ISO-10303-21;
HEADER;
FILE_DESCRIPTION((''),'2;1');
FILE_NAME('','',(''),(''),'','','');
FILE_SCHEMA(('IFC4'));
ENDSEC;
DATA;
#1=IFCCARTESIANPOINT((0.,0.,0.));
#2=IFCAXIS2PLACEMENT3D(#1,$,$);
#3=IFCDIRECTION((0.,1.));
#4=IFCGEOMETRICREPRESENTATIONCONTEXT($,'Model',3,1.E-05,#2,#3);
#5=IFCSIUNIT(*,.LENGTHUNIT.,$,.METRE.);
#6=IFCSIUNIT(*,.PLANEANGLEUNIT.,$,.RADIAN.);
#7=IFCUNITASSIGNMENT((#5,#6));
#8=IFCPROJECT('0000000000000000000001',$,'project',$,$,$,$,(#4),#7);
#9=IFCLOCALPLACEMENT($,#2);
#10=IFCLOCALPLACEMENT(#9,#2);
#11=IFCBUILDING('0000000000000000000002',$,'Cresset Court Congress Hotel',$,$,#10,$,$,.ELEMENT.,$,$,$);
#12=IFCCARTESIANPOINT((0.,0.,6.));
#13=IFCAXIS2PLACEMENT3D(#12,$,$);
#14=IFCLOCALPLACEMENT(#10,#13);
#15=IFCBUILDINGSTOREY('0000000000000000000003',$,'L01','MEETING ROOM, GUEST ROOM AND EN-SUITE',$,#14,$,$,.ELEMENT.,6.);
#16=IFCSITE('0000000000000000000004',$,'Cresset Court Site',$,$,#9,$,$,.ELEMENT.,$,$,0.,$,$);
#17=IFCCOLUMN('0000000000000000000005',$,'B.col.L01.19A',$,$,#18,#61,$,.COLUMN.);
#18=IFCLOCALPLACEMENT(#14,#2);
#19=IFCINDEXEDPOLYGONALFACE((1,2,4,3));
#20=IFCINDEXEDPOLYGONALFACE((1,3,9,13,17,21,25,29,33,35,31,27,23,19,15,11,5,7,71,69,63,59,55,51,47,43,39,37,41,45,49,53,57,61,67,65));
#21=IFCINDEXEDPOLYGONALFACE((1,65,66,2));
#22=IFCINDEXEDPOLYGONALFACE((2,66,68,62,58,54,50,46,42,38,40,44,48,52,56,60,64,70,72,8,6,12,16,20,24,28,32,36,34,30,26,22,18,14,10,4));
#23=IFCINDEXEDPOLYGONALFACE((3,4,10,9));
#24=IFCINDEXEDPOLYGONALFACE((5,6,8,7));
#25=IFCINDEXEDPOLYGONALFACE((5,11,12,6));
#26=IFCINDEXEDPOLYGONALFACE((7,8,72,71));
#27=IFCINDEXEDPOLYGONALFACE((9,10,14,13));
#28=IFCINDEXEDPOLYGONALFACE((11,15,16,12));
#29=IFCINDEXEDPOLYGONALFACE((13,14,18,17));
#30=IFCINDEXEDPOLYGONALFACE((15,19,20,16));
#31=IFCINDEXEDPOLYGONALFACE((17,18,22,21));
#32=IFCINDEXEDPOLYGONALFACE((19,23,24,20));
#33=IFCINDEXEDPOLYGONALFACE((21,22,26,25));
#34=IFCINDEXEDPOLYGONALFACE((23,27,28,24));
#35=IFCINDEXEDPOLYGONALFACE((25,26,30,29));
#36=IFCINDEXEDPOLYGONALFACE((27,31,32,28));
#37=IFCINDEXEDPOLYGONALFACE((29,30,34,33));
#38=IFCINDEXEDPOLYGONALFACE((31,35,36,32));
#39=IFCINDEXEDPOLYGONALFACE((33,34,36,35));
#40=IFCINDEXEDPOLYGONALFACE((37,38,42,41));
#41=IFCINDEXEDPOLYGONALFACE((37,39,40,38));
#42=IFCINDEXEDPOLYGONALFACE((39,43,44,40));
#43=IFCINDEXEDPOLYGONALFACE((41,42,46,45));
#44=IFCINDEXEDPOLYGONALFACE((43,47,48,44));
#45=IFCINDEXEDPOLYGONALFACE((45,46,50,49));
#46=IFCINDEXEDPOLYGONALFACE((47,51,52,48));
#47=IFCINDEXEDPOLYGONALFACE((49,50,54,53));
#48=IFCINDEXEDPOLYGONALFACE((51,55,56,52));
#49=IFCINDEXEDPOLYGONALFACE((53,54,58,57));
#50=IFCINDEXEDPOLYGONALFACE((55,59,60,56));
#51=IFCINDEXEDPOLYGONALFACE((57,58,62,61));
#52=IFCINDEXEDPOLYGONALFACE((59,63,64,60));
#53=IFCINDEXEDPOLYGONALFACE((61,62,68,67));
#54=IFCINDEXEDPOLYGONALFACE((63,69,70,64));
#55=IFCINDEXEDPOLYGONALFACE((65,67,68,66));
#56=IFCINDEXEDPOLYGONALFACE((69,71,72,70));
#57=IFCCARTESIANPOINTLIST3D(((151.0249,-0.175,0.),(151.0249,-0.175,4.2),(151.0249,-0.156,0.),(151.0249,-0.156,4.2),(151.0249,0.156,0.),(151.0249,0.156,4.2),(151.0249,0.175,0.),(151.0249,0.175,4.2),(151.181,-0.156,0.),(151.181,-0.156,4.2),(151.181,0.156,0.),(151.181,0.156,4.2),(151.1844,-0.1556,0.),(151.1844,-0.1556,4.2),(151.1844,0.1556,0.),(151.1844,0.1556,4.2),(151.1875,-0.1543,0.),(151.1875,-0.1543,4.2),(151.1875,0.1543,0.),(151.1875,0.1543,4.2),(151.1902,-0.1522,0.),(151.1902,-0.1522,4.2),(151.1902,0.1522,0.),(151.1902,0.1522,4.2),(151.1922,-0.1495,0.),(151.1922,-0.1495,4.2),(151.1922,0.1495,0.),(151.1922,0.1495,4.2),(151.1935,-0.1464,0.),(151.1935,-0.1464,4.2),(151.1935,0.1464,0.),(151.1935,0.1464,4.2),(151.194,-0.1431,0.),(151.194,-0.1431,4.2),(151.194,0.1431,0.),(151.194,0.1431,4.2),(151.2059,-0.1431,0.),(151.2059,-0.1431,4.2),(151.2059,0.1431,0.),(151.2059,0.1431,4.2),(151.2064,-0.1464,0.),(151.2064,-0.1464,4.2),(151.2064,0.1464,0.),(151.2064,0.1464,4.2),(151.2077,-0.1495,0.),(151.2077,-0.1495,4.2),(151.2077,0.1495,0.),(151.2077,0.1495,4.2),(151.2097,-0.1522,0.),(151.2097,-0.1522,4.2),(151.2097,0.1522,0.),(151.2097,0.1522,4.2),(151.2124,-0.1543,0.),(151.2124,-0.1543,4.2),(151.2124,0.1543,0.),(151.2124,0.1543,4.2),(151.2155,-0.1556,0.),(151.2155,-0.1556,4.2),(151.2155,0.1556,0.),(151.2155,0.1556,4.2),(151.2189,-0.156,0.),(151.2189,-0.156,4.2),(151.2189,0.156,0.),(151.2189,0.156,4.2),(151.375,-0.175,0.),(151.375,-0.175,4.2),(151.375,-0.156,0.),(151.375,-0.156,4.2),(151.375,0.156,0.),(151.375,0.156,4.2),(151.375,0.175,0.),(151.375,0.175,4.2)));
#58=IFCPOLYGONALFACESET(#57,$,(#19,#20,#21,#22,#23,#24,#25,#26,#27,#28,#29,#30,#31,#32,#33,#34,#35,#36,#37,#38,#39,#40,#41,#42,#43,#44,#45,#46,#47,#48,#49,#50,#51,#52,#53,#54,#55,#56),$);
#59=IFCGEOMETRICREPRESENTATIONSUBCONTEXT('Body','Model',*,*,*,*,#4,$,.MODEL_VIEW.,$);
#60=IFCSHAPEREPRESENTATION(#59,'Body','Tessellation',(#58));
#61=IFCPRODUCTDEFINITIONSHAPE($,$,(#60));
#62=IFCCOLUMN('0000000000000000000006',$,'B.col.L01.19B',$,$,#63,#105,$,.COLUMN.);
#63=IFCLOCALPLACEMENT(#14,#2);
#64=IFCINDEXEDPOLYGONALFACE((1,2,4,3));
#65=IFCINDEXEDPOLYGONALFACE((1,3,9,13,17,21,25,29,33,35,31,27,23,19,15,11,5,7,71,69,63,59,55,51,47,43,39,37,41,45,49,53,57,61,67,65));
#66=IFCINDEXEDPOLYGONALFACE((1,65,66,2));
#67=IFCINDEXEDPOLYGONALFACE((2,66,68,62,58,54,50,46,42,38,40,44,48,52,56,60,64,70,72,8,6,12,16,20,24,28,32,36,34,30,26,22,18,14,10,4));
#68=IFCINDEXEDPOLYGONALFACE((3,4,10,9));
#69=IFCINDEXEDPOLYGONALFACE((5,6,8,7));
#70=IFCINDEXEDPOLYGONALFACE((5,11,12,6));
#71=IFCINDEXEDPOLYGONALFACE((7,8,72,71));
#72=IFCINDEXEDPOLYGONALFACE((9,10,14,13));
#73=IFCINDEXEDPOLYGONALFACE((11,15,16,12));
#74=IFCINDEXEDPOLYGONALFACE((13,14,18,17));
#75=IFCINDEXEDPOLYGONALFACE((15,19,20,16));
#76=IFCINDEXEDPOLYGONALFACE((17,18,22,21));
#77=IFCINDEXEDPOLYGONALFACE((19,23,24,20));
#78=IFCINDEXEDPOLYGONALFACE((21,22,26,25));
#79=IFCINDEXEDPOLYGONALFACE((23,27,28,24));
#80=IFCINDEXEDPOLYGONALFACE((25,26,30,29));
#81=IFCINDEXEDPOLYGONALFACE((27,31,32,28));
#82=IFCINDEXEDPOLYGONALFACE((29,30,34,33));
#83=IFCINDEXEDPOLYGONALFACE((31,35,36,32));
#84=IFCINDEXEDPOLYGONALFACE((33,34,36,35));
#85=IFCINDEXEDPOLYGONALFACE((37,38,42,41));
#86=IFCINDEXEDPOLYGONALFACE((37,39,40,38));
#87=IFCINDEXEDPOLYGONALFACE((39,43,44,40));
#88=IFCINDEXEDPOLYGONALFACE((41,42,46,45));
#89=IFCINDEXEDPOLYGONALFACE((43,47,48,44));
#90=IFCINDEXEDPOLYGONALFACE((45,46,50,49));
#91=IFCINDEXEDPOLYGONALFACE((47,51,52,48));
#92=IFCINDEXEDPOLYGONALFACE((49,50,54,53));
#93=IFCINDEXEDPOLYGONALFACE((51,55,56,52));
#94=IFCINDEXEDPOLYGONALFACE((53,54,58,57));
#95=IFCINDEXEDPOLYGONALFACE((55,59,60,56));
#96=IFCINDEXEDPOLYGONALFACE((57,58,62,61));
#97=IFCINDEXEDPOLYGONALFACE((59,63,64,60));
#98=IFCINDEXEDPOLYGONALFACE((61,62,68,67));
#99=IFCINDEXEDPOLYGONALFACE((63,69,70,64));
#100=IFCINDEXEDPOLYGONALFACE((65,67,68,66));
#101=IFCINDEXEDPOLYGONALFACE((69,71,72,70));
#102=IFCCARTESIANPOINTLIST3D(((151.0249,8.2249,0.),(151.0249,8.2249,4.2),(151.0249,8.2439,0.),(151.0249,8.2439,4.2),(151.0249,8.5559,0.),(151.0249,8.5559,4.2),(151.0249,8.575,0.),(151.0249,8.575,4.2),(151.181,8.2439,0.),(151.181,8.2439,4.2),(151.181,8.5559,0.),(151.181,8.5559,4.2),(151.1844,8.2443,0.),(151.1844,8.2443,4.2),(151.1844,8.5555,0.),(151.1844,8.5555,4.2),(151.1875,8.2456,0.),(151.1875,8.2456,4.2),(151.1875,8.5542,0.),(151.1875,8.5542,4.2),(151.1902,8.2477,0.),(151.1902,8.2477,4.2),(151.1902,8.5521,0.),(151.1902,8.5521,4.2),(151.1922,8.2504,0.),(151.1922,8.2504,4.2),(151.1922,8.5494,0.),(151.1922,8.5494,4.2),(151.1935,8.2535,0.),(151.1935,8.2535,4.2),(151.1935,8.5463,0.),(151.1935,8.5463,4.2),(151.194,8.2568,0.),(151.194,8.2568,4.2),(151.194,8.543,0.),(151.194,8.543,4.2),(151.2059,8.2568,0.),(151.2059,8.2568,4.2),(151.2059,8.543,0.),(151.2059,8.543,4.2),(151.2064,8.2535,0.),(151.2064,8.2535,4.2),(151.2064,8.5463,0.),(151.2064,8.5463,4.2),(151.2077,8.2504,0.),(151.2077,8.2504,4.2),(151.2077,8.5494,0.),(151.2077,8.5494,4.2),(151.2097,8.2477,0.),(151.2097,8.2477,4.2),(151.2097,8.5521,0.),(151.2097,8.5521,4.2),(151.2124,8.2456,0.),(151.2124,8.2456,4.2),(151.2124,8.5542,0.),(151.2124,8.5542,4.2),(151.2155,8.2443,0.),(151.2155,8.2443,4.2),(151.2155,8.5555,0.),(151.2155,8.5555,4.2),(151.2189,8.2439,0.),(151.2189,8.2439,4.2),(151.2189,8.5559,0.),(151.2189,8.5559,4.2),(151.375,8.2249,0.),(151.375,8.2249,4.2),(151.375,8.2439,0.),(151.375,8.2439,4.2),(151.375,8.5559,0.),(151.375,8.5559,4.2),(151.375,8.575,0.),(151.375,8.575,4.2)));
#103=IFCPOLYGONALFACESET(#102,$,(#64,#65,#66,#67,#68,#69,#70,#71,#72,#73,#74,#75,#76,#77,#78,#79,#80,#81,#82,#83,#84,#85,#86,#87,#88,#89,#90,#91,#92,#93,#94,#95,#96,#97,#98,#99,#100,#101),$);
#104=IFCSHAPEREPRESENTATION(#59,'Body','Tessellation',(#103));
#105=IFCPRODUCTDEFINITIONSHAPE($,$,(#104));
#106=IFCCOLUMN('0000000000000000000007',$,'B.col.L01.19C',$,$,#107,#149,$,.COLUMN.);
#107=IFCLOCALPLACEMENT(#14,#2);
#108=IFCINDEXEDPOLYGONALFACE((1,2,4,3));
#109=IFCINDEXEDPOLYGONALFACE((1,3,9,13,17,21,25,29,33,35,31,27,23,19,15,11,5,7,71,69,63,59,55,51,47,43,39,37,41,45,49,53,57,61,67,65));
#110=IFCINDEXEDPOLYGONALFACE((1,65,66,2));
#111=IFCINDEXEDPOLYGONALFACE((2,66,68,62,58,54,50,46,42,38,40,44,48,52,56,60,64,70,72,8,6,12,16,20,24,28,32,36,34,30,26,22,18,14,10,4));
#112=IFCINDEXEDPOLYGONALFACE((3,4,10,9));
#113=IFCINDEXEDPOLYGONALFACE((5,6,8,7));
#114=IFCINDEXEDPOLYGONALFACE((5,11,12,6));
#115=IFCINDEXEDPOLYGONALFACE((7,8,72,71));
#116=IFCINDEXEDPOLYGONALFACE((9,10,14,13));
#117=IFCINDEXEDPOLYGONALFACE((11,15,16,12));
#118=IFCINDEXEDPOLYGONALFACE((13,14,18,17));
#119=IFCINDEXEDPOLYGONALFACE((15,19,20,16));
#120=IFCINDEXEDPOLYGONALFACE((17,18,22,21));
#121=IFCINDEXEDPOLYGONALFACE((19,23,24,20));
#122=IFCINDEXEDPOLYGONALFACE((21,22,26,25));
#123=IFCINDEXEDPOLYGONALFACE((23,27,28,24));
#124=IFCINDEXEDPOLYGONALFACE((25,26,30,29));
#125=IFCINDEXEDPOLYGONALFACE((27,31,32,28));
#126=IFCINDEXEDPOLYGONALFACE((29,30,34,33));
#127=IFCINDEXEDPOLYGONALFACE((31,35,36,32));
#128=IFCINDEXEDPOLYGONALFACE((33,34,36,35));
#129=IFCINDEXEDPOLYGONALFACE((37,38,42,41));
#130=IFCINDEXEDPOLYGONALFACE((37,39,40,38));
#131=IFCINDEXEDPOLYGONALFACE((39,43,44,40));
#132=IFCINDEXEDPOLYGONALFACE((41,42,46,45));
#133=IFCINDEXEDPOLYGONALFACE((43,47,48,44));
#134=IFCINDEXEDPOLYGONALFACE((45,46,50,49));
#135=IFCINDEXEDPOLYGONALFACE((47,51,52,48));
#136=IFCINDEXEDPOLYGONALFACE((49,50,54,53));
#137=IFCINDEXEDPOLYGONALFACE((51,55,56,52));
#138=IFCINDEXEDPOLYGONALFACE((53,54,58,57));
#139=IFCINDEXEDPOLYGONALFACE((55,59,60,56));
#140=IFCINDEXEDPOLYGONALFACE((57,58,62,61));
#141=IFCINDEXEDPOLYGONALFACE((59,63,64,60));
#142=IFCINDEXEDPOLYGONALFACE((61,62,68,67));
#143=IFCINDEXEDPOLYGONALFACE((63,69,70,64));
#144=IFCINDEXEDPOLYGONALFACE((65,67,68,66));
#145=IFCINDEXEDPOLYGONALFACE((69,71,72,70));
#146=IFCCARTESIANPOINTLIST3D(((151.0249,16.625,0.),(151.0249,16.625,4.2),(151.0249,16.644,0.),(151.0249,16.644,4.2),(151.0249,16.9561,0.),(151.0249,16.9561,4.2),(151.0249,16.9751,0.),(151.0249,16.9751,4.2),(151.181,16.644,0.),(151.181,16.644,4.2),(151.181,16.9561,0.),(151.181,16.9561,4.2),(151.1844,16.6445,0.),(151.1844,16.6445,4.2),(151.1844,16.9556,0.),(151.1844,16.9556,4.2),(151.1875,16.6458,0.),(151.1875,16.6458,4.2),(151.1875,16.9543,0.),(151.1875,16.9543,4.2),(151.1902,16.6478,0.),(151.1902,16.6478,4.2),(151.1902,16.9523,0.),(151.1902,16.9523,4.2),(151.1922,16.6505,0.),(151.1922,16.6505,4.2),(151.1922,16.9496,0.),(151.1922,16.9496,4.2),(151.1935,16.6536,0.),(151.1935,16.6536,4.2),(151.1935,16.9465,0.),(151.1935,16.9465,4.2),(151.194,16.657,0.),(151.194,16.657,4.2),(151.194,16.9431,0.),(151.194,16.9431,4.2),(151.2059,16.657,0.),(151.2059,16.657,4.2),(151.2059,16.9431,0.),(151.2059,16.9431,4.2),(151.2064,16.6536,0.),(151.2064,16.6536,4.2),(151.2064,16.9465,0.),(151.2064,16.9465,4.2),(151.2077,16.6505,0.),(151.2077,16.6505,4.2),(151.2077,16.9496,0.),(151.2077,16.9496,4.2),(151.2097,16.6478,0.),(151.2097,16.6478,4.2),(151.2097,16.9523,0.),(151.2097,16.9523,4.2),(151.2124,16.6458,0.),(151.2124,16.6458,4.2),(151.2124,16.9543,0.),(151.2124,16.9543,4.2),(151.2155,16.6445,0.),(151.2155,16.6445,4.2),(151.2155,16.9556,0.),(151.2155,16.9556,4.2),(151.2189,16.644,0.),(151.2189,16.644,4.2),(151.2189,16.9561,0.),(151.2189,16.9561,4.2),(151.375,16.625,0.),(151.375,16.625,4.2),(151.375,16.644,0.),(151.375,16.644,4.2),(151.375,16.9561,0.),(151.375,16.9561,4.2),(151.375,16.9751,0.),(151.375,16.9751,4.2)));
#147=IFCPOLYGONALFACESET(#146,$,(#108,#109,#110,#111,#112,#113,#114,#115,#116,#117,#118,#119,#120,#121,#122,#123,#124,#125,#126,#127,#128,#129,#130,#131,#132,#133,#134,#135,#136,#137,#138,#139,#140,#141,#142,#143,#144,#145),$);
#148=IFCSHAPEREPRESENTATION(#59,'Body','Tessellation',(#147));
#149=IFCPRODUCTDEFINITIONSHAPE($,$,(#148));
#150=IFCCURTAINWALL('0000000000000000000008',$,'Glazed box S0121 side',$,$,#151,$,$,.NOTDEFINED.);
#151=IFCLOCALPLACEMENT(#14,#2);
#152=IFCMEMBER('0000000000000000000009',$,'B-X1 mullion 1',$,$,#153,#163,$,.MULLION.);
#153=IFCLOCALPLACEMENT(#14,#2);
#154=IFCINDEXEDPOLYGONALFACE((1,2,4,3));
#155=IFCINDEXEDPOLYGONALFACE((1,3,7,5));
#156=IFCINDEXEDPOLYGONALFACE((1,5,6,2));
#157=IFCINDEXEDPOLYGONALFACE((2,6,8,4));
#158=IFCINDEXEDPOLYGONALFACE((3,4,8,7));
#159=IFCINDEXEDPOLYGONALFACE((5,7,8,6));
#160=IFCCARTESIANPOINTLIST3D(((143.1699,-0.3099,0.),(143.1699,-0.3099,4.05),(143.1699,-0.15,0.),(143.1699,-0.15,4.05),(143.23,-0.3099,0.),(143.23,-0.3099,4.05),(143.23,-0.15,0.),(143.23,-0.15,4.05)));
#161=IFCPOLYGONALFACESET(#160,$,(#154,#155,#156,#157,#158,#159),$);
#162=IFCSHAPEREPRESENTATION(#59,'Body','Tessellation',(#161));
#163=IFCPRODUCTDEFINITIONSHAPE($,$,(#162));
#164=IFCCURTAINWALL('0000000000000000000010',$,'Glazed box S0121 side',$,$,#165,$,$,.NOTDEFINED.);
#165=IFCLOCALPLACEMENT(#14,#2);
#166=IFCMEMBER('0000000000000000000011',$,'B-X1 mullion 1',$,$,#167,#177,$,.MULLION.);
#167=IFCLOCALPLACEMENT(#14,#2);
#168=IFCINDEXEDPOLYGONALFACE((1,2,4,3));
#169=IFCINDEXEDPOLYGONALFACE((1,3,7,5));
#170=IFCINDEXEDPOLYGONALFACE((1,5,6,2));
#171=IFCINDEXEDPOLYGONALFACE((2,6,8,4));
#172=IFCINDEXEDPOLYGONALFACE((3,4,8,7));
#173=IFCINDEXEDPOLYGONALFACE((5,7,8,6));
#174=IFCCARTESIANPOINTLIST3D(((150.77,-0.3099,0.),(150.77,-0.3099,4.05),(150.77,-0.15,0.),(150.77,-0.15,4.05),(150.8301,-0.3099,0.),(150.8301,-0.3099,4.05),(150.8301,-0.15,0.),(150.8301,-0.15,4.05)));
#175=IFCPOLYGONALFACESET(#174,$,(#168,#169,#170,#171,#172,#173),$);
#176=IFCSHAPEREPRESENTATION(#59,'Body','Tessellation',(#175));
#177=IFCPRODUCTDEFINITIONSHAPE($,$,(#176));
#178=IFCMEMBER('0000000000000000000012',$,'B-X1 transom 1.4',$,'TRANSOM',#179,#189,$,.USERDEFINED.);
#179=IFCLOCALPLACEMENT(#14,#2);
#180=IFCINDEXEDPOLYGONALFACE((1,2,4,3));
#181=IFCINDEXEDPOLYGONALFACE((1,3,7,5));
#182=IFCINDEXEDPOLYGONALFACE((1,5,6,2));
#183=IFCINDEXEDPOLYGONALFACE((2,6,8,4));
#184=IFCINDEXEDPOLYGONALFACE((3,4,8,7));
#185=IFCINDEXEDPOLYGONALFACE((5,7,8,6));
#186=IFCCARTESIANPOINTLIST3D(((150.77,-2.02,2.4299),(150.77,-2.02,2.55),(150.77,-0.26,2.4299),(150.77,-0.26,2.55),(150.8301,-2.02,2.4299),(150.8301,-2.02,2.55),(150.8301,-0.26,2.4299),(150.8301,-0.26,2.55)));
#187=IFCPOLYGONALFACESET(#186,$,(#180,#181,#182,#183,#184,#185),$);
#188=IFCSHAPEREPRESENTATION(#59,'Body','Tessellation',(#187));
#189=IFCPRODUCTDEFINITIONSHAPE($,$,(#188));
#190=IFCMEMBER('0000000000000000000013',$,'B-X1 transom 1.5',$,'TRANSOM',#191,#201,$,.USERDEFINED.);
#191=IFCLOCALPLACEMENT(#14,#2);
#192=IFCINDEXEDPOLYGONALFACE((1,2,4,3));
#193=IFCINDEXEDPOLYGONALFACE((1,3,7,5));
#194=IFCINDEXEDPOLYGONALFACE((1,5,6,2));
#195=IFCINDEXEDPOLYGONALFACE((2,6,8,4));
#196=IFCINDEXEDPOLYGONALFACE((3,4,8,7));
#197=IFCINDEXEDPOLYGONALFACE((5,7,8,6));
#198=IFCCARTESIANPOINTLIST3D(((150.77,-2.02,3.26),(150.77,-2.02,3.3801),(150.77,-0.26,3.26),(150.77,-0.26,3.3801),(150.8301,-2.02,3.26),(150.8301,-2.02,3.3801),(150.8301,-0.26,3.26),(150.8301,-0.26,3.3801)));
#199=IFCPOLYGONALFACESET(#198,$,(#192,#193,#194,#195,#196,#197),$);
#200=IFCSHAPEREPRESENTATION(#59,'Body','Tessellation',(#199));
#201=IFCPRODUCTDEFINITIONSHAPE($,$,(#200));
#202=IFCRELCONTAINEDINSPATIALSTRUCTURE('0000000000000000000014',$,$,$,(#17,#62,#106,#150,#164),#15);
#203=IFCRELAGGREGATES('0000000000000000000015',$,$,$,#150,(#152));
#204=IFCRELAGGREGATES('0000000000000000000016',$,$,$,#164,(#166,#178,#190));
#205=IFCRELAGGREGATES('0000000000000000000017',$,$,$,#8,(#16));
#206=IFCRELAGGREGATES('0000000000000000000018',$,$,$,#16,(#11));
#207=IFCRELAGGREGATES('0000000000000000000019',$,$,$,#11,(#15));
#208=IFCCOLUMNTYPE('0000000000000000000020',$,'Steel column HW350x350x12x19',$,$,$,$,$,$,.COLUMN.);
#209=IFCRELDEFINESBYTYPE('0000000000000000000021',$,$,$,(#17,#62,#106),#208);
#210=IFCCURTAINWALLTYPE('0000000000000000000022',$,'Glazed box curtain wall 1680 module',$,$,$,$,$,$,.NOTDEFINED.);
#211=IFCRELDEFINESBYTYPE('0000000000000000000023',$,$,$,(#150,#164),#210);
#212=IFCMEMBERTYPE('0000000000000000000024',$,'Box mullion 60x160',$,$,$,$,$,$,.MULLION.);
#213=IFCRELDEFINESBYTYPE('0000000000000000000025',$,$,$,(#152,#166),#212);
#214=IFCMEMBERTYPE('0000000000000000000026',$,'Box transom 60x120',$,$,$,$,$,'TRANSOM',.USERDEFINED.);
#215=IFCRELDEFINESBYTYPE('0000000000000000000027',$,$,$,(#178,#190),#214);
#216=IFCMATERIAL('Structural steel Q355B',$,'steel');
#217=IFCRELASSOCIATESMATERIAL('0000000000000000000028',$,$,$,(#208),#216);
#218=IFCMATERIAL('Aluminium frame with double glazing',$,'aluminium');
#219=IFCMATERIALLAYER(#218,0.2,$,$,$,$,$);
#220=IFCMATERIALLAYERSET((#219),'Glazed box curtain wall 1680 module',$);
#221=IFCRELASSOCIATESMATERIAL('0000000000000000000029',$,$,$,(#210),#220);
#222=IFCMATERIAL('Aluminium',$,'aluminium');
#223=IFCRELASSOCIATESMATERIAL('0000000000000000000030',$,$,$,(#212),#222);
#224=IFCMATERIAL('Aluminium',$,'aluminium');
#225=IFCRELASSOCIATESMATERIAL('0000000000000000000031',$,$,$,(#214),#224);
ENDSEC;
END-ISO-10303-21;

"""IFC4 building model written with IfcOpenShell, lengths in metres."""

from ifc_helpers import new_model, si_unit, direction, frame, origin, origin_2d, place, context, subcontext, project, spatial, rectangle, i_section, extrude, material, layer, layer_set, material_profile, profile_set, type_object, element, aggregate, save


model = new_model("IFC4")

# Units and contexts
model_context = context("Model", 3, precision=1e-05, world=origin(), true_north=direction((0.0, 1.0)))
body_context = subcontext(model_context, "Body", "Model", "MODEL_VIEW")
ifc_project = project(units=[si_unit("LENGTHUNIT", "METRE"), si_unit("PLANEANGLEUNIT", "RADIAN")], contexts=[model_context])

# Site, building, storey
site_placement = place(None, origin())
site = spatial("IfcSite", under=ifc_project, at=site_placement, Name="Cresset Court Site", CompositionType="ELEMENT", RefElevation=0.0)
building_placement = place(site_placement, origin())
building = spatial("IfcBuilding", under=site, at=building_placement, Name="Cresset Court Congress Hotel", CompositionType="ELEMENT")
storey_placement = place(building_placement, frame((0.0, 0.0, 6.0)))
storey = spatial("IfcBuildingStorey", under=building, at=storey_placement, Name="L01", Description="MEETING ROOM, GUEST ROOM AND EN-SUITE", CompositionType="ELEMENT", Elevation=6.0)

# Columns
ifc_material_1 = material(Name="Structural steel Q355B", Category="steel")
ifc_material_profile_1 = material_profile(ifc_material_1, i_section(OverallWidth=0.3501, OverallDepth=0.3501, WebThickness=0.012, FlangeThickness=0.019, FilletRadius=0.0129, at=origin_2d()), Name="HW350x350x12x19")
ifc_profile_set_1 = profile_set([ifc_material_profile_1], Name="Structural steel Q355B")
column_type = type_object("IfcColumnType", Name="Steel column HW350x350x12x19", PredefinedType="COLUMN", material=ifc_profile_set_1)
for number, where, z_axis, x_axis, name in (
    (1, (151.2, 0.0, 0.0), (0.0, 0.0, 1.0), (1.0, 0.0, 0.0), "B.col.L01.19A"),
    (2, (151.2, 8.3999, 0.0), (0.0, 0.0, 1.0), (1.0, 0.0, 0.0), "B.col.L01.19B"),
    (3, (151.2, 16.8, 0.0), (0.0, 0.0, 1.0), (1.0, 0.0, 0.0), "B.col.L01.19C"),
):
    element("IfcColumn", number, at=place(storey_placement, frame(where, z_axis=z_axis, x_axis=x_axis)), inside=storey, type_object=column_type, Name=name, PredefinedType="COLUMN", context=body_context, shape_type="SweptSolid", body=[
        extrude(i_section(OverallWidth=0.3501, OverallDepth=0.3501, WebThickness=0.012, FlangeThickness=0.019, FilletRadius=0.0129, at=origin_2d()), origin(), (0.0, 0.0, 1.0), 4.2),
    ])

# Curtain wall, member
ifc_material_2 = material(Name="Aluminium frame with double glazing", Category="aluminium")
ifc_layer_1 = layer(ifc_material_2, 0.2)
ifc_layer_set_1 = layer_set([ifc_layer_1], Name="Glazed box curtain wall 1680 module")
curtain_wall_type = type_object("IfcCurtainWallType", Name="Glazed box curtain wall 1680 module", PredefinedType="NOTDEFINED", material=ifc_layer_set_1)
curtain_wall_1_placement = place(storey_placement, origin())
curtain_wall_1 = element("IfcCurtainWall", 4, at=curtain_wall_1_placement, inside=storey, type_object=curtain_wall_type, Name="Glazed box S0121 side", PredefinedType="NOTDEFINED")
ifc_material_3 = material(Name="Aluminium", Category="aluminium")
ifc_material_profile_2 = material_profile(ifc_material_3, rectangle(XDim=0.0601, YDim=0.1599, at=origin_2d()), Name="Box mullion 60x160")
ifc_profile_set_2 = profile_set([ifc_material_profile_2], Name="Aluminium")
member_type_1 = type_object("IfcMemberType", Name="Box mullion 60x160", PredefinedType="MULLION", material=ifc_profile_set_2)
member_1_placement = place(storey_placement, frame((143.2, -0.23, 0.0), z_axis=(0.0, 0.0, 1.0), x_axis=(1.0, 0.0, 0.0)))
member_1 = element("IfcMember", 5, at=member_1_placement, type_object=member_type_1, Name="B-X1 mullion 1", PredefinedType="MULLION", context=body_context, shape_type="SweptSolid", body=[
    extrude(rectangle(XDim=0.0601, YDim=0.1599, at=origin_2d()), origin(), (0.0, 0.0, 1.0), 4.05),
])
aggregate(curtain_wall_1, [member_1])

# Curtain wall, members
curtain_wall_2_placement = place(storey_placement, origin())
curtain_wall_2 = element("IfcCurtainWall", 6, at=curtain_wall_2_placement, inside=storey, type_object=curtain_wall_type, Name="Glazed box S0121 side", PredefinedType="NOTDEFINED")
member_2_placement = place(storey_placement, frame((150.8, -0.23, 0.0), z_axis=(0.0, 0.0, 1.0), x_axis=(1.0, 0.0, 0.0)))
member_2 = element("IfcMember", 7, at=member_2_placement, type_object=member_type_1, Name="B-X1 mullion 1", PredefinedType="MULLION", context=body_context, shape_type="SweptSolid", body=[
    extrude(rectangle(XDim=0.0601, YDim=0.1599, at=origin_2d()), origin(), (0.0, 0.0, 1.0), 4.05),
])
ifc_material_4 = material(Name="Aluminium", Category="aluminium")
ifc_material_profile_3 = material_profile(ifc_material_4, rectangle(XDim=0.0601, YDim=0.1201, at=origin_2d()), Name="Box transom 60x120")
ifc_profile_set_3 = profile_set([ifc_material_profile_3], Name="Aluminium")
member_type_2 = type_object("IfcMemberType", Name="Box transom 60x120", ElementType="TRANSOM", PredefinedType="USERDEFINED", material=ifc_profile_set_3)
member_3_placement = place(storey_placement, frame((150.8, -0.26, 2.49), z_axis=(0.0, -1.0, 0.0), x_axis=(1.0, 0.0, 0.0)))
member_3 = element("IfcMember", 8, at=member_3_placement, type_object=member_type_2, Name="B-X1 transom 1.4", ObjectType="TRANSOM", PredefinedType="USERDEFINED", context=body_context, shape_type="SweptSolid", body=[
    extrude(rectangle(XDim=0.0601, YDim=0.1201, at=origin_2d()), origin(), (0.0, 0.0, 1.0), 1.76),
])
member_4_placement = place(storey_placement, frame((150.8, -0.26, 3.3201), z_axis=(0.0, -1.0, 0.0), x_axis=(1.0, 0.0, 0.0)))
member_4 = element("IfcMember", 9, at=member_4_placement, type_object=member_type_2, Name="B-X1 transom 1.5", ObjectType="TRANSOM", PredefinedType="USERDEFINED", context=body_context, shape_type="SweptSolid", body=[
    extrude(rectangle(XDim=0.0601, YDim=0.1201, at=origin_2d()), origin(), (0.0, 0.0, 1.0), 1.76),
])
aggregate(curtain_wall_2, [member_2, member_3, member_4])

save(model, "model.ifc")
